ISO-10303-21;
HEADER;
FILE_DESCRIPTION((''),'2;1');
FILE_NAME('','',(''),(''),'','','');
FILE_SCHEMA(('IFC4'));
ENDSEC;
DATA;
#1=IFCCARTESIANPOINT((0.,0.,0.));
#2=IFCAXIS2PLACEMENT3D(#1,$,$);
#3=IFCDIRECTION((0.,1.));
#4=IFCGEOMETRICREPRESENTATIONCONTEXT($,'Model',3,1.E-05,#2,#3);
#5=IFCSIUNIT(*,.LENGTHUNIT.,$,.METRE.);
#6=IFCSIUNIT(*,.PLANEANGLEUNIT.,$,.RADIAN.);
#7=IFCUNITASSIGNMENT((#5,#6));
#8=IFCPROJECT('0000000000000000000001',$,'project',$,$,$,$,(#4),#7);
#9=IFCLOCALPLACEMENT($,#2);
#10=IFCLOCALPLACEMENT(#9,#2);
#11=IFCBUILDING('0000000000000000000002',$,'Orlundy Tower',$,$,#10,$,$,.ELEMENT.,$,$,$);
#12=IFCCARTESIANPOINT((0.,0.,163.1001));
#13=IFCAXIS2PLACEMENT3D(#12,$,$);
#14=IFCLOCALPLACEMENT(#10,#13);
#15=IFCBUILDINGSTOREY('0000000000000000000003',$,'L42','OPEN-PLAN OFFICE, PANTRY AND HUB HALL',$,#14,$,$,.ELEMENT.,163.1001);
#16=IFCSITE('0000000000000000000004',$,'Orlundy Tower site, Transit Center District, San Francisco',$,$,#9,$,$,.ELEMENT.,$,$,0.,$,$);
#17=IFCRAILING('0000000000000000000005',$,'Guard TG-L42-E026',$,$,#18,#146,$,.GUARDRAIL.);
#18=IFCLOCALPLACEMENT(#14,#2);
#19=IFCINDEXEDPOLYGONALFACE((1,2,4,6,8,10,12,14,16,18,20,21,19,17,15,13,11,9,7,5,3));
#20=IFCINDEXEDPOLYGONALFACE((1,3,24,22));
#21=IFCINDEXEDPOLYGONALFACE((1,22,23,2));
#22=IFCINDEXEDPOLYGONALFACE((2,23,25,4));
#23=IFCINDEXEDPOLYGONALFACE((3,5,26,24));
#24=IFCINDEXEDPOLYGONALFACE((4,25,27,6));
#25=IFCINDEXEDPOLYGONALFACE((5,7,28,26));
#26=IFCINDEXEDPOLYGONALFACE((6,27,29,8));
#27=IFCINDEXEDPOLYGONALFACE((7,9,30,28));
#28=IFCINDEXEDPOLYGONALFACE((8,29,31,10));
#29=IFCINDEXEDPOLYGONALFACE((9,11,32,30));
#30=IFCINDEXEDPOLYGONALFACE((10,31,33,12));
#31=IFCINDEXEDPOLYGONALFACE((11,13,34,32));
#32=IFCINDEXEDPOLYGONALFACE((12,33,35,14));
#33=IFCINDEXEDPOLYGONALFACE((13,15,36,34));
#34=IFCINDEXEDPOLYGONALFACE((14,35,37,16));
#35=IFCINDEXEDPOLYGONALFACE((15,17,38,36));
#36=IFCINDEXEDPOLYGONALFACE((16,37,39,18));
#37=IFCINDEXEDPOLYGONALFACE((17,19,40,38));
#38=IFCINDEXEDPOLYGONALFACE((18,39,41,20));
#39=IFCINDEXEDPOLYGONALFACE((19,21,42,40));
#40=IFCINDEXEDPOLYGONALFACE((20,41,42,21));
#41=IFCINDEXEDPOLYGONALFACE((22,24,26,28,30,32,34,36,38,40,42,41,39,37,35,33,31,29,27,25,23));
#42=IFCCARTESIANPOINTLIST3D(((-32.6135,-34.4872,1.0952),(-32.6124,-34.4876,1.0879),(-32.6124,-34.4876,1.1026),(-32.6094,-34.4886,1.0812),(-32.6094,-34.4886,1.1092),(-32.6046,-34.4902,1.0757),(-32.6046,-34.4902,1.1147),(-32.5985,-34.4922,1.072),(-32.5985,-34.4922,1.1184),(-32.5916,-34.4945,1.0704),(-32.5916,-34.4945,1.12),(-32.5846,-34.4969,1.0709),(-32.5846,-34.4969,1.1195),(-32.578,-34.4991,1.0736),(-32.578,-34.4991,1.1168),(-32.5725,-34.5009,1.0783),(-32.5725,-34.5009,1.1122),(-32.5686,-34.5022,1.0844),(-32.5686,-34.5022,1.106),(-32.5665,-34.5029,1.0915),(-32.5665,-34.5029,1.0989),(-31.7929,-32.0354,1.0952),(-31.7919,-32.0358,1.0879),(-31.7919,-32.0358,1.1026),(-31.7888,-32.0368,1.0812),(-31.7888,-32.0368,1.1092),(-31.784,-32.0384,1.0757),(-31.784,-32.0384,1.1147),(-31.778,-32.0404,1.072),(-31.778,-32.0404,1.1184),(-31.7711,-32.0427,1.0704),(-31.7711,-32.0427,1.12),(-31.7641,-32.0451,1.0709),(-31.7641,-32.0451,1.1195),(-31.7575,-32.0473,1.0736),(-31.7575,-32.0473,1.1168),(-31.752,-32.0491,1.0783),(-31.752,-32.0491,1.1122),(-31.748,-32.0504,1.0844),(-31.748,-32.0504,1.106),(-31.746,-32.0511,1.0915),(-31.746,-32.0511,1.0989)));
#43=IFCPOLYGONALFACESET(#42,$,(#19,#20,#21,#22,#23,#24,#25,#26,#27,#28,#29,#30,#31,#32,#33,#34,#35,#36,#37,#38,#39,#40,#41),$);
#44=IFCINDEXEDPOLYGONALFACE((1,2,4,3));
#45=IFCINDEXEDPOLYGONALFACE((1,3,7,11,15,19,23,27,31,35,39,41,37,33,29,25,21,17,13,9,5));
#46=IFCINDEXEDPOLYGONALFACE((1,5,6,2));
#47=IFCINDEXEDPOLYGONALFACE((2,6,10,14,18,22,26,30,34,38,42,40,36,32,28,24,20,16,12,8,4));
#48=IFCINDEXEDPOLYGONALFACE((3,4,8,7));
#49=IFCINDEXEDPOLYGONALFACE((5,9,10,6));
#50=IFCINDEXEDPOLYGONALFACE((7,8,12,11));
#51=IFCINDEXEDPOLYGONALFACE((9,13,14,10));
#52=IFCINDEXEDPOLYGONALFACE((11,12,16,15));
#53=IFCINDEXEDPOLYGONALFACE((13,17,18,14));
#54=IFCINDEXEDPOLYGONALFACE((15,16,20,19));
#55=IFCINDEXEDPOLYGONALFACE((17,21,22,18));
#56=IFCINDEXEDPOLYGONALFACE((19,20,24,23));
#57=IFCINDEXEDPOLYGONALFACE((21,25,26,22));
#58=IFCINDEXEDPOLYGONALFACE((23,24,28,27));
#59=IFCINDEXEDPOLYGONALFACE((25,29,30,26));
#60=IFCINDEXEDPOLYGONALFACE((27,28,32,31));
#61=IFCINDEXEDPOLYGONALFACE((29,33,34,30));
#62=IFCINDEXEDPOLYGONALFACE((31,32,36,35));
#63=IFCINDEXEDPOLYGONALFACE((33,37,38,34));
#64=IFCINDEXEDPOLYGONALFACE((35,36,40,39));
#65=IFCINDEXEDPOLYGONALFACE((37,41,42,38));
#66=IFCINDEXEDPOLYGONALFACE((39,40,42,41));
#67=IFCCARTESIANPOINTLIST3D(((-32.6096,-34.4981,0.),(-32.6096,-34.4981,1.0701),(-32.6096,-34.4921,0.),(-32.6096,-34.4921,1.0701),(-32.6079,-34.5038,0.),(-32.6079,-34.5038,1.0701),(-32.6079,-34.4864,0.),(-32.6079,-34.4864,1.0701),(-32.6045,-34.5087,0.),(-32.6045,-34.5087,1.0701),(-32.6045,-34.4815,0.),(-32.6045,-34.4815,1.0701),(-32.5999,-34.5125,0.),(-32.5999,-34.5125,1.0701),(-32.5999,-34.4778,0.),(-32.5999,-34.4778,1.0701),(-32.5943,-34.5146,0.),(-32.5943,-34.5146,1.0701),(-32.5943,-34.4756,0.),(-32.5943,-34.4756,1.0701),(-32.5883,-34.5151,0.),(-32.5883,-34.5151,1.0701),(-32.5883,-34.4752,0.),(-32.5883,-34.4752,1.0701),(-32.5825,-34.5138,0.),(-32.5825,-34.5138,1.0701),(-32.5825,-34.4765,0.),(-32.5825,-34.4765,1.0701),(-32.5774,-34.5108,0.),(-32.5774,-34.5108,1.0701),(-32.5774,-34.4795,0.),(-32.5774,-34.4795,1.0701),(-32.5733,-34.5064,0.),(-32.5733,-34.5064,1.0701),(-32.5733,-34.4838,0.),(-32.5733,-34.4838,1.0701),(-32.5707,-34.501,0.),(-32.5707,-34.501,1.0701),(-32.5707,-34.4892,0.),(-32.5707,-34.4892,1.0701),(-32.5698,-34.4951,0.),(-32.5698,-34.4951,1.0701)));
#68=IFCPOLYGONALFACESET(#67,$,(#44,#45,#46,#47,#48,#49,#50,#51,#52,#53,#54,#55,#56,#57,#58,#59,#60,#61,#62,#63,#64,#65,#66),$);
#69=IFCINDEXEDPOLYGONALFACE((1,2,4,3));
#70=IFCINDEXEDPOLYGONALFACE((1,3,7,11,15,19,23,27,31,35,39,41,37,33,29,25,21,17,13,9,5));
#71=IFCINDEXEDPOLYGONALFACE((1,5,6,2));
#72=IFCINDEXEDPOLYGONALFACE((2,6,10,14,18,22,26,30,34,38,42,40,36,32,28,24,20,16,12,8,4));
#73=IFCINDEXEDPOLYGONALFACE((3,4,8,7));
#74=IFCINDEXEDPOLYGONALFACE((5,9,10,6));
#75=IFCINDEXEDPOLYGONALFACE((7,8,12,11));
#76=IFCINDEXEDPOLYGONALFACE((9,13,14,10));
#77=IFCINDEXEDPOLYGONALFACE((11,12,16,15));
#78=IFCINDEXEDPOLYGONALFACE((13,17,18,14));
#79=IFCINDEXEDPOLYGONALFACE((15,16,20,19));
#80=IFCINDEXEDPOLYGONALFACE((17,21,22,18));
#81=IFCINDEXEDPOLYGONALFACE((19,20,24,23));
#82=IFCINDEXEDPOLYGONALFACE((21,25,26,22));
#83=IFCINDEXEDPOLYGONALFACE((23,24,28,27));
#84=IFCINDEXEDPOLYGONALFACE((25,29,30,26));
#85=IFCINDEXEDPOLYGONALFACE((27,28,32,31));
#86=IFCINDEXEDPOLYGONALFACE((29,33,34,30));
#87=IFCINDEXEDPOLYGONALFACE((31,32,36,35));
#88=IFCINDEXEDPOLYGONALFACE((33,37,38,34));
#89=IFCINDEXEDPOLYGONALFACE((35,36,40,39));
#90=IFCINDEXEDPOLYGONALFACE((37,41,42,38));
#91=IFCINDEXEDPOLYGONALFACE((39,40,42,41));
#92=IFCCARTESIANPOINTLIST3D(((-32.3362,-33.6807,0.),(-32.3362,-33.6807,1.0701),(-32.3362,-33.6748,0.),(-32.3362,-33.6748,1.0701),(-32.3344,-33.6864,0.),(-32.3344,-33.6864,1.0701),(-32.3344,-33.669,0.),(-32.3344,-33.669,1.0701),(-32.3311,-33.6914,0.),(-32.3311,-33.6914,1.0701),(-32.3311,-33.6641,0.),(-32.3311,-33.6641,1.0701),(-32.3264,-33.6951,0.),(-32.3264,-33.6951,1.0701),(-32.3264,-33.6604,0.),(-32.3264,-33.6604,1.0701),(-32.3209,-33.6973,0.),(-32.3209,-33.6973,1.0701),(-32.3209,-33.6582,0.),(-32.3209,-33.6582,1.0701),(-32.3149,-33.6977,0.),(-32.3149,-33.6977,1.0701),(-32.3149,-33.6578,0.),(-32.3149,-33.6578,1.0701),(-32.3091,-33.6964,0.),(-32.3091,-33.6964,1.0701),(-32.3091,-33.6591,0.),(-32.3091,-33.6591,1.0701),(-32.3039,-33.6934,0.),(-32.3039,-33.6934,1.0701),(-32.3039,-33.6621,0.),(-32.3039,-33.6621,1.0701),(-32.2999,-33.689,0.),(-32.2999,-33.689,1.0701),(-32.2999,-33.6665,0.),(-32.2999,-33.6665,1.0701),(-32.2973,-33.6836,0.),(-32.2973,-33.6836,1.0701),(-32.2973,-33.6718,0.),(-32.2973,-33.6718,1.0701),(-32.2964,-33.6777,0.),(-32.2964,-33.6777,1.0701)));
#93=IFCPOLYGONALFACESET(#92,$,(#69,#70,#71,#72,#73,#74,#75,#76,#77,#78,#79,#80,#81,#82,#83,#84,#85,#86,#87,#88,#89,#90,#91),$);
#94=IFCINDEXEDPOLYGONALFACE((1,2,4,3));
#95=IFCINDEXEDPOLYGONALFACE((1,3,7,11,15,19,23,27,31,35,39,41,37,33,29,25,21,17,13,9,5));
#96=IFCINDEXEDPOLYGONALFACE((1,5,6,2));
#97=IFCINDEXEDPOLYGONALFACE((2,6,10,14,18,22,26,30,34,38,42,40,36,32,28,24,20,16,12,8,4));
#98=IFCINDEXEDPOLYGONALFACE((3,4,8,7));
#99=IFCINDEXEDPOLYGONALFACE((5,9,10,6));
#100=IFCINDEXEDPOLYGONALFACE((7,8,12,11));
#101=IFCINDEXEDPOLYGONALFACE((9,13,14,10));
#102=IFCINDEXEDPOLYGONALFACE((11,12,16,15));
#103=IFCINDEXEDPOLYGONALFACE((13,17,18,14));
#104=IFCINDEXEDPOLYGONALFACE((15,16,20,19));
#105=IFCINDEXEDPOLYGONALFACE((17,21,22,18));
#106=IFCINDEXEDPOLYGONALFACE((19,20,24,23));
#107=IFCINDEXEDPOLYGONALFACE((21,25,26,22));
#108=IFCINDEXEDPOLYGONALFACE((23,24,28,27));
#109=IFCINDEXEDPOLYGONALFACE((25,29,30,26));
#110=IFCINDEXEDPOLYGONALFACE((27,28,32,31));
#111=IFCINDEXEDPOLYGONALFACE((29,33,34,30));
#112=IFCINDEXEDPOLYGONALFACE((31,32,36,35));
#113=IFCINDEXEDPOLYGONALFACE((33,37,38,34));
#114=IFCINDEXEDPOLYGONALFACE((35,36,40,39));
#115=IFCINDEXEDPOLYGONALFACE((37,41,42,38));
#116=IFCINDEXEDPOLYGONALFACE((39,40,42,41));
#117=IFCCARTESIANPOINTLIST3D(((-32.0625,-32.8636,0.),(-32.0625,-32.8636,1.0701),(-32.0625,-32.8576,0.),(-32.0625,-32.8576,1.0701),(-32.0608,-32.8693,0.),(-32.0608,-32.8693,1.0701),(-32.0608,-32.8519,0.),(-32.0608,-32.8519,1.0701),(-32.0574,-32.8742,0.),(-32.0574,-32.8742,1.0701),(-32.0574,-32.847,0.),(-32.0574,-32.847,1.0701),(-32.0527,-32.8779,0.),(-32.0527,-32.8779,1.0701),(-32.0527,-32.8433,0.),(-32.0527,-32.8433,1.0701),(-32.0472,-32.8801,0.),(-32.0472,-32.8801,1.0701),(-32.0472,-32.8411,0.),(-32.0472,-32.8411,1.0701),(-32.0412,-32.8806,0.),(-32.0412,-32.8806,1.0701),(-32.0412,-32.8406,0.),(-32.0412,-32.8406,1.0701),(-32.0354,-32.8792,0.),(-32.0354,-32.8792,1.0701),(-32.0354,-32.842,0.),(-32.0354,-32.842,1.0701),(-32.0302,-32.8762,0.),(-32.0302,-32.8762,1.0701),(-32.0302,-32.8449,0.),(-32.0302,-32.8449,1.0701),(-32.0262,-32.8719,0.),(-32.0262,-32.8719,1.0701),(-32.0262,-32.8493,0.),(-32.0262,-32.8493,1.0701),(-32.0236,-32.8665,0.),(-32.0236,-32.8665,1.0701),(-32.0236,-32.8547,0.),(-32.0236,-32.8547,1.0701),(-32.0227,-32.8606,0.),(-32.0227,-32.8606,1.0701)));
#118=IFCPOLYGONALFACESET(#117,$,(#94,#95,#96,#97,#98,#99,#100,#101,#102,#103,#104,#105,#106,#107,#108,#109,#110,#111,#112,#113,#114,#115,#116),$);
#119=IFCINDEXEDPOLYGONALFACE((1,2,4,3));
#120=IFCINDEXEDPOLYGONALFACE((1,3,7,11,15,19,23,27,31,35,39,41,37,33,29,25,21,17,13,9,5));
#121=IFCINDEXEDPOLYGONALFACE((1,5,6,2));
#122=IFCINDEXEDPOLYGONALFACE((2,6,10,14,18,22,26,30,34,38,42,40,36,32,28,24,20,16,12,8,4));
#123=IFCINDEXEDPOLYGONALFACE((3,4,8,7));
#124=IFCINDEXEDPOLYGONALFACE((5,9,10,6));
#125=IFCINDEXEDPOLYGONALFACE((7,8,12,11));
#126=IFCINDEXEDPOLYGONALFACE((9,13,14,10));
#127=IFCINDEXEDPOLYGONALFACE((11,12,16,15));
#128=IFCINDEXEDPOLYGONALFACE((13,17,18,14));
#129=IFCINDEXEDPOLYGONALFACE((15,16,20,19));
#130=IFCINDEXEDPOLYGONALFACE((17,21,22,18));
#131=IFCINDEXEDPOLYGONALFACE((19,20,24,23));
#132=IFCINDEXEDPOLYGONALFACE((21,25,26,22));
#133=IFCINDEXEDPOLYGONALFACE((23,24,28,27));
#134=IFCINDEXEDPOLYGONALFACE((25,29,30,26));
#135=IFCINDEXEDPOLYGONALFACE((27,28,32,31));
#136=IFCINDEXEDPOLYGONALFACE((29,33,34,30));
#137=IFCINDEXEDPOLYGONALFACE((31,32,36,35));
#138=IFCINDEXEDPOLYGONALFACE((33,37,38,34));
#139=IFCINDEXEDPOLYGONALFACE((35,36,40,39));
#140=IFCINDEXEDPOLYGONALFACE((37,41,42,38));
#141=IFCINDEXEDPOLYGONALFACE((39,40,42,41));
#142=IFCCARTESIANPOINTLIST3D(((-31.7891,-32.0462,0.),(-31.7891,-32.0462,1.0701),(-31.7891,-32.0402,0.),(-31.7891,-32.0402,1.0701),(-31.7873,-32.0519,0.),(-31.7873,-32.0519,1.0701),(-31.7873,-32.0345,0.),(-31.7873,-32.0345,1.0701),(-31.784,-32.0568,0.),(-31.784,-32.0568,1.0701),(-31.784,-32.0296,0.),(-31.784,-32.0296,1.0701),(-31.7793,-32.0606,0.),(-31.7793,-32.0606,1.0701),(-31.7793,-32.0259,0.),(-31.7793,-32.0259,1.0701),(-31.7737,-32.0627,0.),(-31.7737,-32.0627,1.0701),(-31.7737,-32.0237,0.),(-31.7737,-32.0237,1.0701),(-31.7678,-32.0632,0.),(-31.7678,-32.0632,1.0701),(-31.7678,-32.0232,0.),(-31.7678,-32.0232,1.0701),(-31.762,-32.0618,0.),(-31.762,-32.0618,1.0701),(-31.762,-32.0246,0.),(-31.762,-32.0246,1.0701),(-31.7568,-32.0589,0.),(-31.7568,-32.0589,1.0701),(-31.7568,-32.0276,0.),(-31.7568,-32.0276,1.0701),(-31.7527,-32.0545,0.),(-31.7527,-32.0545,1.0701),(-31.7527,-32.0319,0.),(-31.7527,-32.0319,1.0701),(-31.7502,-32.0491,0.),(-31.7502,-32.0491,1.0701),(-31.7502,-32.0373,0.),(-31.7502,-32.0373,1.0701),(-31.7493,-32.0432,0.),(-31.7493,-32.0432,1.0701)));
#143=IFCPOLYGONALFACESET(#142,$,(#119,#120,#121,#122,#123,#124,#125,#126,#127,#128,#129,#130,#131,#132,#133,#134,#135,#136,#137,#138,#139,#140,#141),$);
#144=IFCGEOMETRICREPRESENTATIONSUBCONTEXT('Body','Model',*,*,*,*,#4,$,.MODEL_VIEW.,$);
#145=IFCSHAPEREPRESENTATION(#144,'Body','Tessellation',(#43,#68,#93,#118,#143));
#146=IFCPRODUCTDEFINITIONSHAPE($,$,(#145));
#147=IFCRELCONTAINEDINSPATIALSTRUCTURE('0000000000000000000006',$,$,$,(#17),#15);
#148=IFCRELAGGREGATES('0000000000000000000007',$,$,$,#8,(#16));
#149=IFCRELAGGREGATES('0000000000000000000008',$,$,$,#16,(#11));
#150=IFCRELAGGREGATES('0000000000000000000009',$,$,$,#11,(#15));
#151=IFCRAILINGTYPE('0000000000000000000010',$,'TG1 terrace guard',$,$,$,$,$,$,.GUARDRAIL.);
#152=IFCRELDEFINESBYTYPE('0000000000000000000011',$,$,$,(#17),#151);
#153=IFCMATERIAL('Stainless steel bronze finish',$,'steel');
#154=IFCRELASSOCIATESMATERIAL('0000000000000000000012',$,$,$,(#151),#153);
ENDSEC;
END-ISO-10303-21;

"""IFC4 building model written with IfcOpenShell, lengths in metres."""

from ifc_helpers import new_model, si_unit, direction, frame, origin, origin_2d, place, context, subcontext, project, spatial, circle, extrude, material, type_object, element, save


model = new_model("IFC4")

# Units and contexts
model_context = context("Model", 3, precision=1e-05, world=origin(), true_north=direction((0.0, 1.0)))
body_context = subcontext(model_context, "Body", "Model", "MODEL_VIEW")
ifc_project = project(units=[si_unit("LENGTHUNIT", "METRE"), si_unit("PLANEANGLEUNIT", "RADIAN")], contexts=[model_context])

# Site, building, storey
site_placement = place(None, origin())
site = spatial("IfcSite", under=ifc_project, at=site_placement, Name="Orlundy Tower site, Transit Center District, San Francisco", CompositionType="ELEMENT", RefElevation=0.0)
building_placement = place(site_placement, origin())
building = spatial("IfcBuilding", under=site, at=building_placement, Name="Orlundy Tower", CompositionType="ELEMENT")
storey_placement = place(building_placement, frame((0.0, 0.0, 163.1001)))
storey = spatial("IfcBuildingStorey", under=building, at=storey_placement, Name="L42", Description="OPEN-PLAN OFFICE, PANTRY AND HUB HALL", CompositionType="ELEMENT", Elevation=163.1001)

# Railing
ifc_material_1 = material(Name="Stainless steel bronze finish", Category="steel")
railing_type = type_object("IfcRailingType", Name="TG1 terrace guard", PredefinedType="GUARDRAIL", material=ifc_material_1)
railing_placement = place(storey_placement, frame((-32.5898, -34.4951, 0.0)))
element("IfcRailing", 1, at=railing_placement, inside=storey, type_object=railing_type, Name="Guard TG-L42-E026", PredefinedType="GUARDRAIL", context=body_context, shape_type="SweptSolid", body=[
    extrude(circle(Radius=0.0249, at=origin_2d()), frame((0.0, 0.0, 1.0952), z_axis=(0.317361, 0.948305, 0.0), x_axis=(-0.948305, 0.317361, 0.0)), (0.0, 0.0, 1.0), 2.5854),
    extrude(circle(Radius=0.02, at=origin_2d()), origin(), (0.0, 0.0, 1.0), 1.0701),
    extrude(circle(Radius=0.02, at=origin_2d()), frame((0.2734, 0.8174, 0.0)), (0.0, 0.0, 1.0), 1.0701),
    extrude(circle(Radius=0.02, at=origin_2d()), frame((0.5471, 1.6345, 0.0)), (0.0, 0.0, 1.0), 1.0701),
    extrude(circle(Radius=0.02, at=origin_2d()), frame((0.8206, 2.4519, 0.0)), (0.0, 0.0, 1.0), 1.0701),
])

save(model, "model.ifc")
